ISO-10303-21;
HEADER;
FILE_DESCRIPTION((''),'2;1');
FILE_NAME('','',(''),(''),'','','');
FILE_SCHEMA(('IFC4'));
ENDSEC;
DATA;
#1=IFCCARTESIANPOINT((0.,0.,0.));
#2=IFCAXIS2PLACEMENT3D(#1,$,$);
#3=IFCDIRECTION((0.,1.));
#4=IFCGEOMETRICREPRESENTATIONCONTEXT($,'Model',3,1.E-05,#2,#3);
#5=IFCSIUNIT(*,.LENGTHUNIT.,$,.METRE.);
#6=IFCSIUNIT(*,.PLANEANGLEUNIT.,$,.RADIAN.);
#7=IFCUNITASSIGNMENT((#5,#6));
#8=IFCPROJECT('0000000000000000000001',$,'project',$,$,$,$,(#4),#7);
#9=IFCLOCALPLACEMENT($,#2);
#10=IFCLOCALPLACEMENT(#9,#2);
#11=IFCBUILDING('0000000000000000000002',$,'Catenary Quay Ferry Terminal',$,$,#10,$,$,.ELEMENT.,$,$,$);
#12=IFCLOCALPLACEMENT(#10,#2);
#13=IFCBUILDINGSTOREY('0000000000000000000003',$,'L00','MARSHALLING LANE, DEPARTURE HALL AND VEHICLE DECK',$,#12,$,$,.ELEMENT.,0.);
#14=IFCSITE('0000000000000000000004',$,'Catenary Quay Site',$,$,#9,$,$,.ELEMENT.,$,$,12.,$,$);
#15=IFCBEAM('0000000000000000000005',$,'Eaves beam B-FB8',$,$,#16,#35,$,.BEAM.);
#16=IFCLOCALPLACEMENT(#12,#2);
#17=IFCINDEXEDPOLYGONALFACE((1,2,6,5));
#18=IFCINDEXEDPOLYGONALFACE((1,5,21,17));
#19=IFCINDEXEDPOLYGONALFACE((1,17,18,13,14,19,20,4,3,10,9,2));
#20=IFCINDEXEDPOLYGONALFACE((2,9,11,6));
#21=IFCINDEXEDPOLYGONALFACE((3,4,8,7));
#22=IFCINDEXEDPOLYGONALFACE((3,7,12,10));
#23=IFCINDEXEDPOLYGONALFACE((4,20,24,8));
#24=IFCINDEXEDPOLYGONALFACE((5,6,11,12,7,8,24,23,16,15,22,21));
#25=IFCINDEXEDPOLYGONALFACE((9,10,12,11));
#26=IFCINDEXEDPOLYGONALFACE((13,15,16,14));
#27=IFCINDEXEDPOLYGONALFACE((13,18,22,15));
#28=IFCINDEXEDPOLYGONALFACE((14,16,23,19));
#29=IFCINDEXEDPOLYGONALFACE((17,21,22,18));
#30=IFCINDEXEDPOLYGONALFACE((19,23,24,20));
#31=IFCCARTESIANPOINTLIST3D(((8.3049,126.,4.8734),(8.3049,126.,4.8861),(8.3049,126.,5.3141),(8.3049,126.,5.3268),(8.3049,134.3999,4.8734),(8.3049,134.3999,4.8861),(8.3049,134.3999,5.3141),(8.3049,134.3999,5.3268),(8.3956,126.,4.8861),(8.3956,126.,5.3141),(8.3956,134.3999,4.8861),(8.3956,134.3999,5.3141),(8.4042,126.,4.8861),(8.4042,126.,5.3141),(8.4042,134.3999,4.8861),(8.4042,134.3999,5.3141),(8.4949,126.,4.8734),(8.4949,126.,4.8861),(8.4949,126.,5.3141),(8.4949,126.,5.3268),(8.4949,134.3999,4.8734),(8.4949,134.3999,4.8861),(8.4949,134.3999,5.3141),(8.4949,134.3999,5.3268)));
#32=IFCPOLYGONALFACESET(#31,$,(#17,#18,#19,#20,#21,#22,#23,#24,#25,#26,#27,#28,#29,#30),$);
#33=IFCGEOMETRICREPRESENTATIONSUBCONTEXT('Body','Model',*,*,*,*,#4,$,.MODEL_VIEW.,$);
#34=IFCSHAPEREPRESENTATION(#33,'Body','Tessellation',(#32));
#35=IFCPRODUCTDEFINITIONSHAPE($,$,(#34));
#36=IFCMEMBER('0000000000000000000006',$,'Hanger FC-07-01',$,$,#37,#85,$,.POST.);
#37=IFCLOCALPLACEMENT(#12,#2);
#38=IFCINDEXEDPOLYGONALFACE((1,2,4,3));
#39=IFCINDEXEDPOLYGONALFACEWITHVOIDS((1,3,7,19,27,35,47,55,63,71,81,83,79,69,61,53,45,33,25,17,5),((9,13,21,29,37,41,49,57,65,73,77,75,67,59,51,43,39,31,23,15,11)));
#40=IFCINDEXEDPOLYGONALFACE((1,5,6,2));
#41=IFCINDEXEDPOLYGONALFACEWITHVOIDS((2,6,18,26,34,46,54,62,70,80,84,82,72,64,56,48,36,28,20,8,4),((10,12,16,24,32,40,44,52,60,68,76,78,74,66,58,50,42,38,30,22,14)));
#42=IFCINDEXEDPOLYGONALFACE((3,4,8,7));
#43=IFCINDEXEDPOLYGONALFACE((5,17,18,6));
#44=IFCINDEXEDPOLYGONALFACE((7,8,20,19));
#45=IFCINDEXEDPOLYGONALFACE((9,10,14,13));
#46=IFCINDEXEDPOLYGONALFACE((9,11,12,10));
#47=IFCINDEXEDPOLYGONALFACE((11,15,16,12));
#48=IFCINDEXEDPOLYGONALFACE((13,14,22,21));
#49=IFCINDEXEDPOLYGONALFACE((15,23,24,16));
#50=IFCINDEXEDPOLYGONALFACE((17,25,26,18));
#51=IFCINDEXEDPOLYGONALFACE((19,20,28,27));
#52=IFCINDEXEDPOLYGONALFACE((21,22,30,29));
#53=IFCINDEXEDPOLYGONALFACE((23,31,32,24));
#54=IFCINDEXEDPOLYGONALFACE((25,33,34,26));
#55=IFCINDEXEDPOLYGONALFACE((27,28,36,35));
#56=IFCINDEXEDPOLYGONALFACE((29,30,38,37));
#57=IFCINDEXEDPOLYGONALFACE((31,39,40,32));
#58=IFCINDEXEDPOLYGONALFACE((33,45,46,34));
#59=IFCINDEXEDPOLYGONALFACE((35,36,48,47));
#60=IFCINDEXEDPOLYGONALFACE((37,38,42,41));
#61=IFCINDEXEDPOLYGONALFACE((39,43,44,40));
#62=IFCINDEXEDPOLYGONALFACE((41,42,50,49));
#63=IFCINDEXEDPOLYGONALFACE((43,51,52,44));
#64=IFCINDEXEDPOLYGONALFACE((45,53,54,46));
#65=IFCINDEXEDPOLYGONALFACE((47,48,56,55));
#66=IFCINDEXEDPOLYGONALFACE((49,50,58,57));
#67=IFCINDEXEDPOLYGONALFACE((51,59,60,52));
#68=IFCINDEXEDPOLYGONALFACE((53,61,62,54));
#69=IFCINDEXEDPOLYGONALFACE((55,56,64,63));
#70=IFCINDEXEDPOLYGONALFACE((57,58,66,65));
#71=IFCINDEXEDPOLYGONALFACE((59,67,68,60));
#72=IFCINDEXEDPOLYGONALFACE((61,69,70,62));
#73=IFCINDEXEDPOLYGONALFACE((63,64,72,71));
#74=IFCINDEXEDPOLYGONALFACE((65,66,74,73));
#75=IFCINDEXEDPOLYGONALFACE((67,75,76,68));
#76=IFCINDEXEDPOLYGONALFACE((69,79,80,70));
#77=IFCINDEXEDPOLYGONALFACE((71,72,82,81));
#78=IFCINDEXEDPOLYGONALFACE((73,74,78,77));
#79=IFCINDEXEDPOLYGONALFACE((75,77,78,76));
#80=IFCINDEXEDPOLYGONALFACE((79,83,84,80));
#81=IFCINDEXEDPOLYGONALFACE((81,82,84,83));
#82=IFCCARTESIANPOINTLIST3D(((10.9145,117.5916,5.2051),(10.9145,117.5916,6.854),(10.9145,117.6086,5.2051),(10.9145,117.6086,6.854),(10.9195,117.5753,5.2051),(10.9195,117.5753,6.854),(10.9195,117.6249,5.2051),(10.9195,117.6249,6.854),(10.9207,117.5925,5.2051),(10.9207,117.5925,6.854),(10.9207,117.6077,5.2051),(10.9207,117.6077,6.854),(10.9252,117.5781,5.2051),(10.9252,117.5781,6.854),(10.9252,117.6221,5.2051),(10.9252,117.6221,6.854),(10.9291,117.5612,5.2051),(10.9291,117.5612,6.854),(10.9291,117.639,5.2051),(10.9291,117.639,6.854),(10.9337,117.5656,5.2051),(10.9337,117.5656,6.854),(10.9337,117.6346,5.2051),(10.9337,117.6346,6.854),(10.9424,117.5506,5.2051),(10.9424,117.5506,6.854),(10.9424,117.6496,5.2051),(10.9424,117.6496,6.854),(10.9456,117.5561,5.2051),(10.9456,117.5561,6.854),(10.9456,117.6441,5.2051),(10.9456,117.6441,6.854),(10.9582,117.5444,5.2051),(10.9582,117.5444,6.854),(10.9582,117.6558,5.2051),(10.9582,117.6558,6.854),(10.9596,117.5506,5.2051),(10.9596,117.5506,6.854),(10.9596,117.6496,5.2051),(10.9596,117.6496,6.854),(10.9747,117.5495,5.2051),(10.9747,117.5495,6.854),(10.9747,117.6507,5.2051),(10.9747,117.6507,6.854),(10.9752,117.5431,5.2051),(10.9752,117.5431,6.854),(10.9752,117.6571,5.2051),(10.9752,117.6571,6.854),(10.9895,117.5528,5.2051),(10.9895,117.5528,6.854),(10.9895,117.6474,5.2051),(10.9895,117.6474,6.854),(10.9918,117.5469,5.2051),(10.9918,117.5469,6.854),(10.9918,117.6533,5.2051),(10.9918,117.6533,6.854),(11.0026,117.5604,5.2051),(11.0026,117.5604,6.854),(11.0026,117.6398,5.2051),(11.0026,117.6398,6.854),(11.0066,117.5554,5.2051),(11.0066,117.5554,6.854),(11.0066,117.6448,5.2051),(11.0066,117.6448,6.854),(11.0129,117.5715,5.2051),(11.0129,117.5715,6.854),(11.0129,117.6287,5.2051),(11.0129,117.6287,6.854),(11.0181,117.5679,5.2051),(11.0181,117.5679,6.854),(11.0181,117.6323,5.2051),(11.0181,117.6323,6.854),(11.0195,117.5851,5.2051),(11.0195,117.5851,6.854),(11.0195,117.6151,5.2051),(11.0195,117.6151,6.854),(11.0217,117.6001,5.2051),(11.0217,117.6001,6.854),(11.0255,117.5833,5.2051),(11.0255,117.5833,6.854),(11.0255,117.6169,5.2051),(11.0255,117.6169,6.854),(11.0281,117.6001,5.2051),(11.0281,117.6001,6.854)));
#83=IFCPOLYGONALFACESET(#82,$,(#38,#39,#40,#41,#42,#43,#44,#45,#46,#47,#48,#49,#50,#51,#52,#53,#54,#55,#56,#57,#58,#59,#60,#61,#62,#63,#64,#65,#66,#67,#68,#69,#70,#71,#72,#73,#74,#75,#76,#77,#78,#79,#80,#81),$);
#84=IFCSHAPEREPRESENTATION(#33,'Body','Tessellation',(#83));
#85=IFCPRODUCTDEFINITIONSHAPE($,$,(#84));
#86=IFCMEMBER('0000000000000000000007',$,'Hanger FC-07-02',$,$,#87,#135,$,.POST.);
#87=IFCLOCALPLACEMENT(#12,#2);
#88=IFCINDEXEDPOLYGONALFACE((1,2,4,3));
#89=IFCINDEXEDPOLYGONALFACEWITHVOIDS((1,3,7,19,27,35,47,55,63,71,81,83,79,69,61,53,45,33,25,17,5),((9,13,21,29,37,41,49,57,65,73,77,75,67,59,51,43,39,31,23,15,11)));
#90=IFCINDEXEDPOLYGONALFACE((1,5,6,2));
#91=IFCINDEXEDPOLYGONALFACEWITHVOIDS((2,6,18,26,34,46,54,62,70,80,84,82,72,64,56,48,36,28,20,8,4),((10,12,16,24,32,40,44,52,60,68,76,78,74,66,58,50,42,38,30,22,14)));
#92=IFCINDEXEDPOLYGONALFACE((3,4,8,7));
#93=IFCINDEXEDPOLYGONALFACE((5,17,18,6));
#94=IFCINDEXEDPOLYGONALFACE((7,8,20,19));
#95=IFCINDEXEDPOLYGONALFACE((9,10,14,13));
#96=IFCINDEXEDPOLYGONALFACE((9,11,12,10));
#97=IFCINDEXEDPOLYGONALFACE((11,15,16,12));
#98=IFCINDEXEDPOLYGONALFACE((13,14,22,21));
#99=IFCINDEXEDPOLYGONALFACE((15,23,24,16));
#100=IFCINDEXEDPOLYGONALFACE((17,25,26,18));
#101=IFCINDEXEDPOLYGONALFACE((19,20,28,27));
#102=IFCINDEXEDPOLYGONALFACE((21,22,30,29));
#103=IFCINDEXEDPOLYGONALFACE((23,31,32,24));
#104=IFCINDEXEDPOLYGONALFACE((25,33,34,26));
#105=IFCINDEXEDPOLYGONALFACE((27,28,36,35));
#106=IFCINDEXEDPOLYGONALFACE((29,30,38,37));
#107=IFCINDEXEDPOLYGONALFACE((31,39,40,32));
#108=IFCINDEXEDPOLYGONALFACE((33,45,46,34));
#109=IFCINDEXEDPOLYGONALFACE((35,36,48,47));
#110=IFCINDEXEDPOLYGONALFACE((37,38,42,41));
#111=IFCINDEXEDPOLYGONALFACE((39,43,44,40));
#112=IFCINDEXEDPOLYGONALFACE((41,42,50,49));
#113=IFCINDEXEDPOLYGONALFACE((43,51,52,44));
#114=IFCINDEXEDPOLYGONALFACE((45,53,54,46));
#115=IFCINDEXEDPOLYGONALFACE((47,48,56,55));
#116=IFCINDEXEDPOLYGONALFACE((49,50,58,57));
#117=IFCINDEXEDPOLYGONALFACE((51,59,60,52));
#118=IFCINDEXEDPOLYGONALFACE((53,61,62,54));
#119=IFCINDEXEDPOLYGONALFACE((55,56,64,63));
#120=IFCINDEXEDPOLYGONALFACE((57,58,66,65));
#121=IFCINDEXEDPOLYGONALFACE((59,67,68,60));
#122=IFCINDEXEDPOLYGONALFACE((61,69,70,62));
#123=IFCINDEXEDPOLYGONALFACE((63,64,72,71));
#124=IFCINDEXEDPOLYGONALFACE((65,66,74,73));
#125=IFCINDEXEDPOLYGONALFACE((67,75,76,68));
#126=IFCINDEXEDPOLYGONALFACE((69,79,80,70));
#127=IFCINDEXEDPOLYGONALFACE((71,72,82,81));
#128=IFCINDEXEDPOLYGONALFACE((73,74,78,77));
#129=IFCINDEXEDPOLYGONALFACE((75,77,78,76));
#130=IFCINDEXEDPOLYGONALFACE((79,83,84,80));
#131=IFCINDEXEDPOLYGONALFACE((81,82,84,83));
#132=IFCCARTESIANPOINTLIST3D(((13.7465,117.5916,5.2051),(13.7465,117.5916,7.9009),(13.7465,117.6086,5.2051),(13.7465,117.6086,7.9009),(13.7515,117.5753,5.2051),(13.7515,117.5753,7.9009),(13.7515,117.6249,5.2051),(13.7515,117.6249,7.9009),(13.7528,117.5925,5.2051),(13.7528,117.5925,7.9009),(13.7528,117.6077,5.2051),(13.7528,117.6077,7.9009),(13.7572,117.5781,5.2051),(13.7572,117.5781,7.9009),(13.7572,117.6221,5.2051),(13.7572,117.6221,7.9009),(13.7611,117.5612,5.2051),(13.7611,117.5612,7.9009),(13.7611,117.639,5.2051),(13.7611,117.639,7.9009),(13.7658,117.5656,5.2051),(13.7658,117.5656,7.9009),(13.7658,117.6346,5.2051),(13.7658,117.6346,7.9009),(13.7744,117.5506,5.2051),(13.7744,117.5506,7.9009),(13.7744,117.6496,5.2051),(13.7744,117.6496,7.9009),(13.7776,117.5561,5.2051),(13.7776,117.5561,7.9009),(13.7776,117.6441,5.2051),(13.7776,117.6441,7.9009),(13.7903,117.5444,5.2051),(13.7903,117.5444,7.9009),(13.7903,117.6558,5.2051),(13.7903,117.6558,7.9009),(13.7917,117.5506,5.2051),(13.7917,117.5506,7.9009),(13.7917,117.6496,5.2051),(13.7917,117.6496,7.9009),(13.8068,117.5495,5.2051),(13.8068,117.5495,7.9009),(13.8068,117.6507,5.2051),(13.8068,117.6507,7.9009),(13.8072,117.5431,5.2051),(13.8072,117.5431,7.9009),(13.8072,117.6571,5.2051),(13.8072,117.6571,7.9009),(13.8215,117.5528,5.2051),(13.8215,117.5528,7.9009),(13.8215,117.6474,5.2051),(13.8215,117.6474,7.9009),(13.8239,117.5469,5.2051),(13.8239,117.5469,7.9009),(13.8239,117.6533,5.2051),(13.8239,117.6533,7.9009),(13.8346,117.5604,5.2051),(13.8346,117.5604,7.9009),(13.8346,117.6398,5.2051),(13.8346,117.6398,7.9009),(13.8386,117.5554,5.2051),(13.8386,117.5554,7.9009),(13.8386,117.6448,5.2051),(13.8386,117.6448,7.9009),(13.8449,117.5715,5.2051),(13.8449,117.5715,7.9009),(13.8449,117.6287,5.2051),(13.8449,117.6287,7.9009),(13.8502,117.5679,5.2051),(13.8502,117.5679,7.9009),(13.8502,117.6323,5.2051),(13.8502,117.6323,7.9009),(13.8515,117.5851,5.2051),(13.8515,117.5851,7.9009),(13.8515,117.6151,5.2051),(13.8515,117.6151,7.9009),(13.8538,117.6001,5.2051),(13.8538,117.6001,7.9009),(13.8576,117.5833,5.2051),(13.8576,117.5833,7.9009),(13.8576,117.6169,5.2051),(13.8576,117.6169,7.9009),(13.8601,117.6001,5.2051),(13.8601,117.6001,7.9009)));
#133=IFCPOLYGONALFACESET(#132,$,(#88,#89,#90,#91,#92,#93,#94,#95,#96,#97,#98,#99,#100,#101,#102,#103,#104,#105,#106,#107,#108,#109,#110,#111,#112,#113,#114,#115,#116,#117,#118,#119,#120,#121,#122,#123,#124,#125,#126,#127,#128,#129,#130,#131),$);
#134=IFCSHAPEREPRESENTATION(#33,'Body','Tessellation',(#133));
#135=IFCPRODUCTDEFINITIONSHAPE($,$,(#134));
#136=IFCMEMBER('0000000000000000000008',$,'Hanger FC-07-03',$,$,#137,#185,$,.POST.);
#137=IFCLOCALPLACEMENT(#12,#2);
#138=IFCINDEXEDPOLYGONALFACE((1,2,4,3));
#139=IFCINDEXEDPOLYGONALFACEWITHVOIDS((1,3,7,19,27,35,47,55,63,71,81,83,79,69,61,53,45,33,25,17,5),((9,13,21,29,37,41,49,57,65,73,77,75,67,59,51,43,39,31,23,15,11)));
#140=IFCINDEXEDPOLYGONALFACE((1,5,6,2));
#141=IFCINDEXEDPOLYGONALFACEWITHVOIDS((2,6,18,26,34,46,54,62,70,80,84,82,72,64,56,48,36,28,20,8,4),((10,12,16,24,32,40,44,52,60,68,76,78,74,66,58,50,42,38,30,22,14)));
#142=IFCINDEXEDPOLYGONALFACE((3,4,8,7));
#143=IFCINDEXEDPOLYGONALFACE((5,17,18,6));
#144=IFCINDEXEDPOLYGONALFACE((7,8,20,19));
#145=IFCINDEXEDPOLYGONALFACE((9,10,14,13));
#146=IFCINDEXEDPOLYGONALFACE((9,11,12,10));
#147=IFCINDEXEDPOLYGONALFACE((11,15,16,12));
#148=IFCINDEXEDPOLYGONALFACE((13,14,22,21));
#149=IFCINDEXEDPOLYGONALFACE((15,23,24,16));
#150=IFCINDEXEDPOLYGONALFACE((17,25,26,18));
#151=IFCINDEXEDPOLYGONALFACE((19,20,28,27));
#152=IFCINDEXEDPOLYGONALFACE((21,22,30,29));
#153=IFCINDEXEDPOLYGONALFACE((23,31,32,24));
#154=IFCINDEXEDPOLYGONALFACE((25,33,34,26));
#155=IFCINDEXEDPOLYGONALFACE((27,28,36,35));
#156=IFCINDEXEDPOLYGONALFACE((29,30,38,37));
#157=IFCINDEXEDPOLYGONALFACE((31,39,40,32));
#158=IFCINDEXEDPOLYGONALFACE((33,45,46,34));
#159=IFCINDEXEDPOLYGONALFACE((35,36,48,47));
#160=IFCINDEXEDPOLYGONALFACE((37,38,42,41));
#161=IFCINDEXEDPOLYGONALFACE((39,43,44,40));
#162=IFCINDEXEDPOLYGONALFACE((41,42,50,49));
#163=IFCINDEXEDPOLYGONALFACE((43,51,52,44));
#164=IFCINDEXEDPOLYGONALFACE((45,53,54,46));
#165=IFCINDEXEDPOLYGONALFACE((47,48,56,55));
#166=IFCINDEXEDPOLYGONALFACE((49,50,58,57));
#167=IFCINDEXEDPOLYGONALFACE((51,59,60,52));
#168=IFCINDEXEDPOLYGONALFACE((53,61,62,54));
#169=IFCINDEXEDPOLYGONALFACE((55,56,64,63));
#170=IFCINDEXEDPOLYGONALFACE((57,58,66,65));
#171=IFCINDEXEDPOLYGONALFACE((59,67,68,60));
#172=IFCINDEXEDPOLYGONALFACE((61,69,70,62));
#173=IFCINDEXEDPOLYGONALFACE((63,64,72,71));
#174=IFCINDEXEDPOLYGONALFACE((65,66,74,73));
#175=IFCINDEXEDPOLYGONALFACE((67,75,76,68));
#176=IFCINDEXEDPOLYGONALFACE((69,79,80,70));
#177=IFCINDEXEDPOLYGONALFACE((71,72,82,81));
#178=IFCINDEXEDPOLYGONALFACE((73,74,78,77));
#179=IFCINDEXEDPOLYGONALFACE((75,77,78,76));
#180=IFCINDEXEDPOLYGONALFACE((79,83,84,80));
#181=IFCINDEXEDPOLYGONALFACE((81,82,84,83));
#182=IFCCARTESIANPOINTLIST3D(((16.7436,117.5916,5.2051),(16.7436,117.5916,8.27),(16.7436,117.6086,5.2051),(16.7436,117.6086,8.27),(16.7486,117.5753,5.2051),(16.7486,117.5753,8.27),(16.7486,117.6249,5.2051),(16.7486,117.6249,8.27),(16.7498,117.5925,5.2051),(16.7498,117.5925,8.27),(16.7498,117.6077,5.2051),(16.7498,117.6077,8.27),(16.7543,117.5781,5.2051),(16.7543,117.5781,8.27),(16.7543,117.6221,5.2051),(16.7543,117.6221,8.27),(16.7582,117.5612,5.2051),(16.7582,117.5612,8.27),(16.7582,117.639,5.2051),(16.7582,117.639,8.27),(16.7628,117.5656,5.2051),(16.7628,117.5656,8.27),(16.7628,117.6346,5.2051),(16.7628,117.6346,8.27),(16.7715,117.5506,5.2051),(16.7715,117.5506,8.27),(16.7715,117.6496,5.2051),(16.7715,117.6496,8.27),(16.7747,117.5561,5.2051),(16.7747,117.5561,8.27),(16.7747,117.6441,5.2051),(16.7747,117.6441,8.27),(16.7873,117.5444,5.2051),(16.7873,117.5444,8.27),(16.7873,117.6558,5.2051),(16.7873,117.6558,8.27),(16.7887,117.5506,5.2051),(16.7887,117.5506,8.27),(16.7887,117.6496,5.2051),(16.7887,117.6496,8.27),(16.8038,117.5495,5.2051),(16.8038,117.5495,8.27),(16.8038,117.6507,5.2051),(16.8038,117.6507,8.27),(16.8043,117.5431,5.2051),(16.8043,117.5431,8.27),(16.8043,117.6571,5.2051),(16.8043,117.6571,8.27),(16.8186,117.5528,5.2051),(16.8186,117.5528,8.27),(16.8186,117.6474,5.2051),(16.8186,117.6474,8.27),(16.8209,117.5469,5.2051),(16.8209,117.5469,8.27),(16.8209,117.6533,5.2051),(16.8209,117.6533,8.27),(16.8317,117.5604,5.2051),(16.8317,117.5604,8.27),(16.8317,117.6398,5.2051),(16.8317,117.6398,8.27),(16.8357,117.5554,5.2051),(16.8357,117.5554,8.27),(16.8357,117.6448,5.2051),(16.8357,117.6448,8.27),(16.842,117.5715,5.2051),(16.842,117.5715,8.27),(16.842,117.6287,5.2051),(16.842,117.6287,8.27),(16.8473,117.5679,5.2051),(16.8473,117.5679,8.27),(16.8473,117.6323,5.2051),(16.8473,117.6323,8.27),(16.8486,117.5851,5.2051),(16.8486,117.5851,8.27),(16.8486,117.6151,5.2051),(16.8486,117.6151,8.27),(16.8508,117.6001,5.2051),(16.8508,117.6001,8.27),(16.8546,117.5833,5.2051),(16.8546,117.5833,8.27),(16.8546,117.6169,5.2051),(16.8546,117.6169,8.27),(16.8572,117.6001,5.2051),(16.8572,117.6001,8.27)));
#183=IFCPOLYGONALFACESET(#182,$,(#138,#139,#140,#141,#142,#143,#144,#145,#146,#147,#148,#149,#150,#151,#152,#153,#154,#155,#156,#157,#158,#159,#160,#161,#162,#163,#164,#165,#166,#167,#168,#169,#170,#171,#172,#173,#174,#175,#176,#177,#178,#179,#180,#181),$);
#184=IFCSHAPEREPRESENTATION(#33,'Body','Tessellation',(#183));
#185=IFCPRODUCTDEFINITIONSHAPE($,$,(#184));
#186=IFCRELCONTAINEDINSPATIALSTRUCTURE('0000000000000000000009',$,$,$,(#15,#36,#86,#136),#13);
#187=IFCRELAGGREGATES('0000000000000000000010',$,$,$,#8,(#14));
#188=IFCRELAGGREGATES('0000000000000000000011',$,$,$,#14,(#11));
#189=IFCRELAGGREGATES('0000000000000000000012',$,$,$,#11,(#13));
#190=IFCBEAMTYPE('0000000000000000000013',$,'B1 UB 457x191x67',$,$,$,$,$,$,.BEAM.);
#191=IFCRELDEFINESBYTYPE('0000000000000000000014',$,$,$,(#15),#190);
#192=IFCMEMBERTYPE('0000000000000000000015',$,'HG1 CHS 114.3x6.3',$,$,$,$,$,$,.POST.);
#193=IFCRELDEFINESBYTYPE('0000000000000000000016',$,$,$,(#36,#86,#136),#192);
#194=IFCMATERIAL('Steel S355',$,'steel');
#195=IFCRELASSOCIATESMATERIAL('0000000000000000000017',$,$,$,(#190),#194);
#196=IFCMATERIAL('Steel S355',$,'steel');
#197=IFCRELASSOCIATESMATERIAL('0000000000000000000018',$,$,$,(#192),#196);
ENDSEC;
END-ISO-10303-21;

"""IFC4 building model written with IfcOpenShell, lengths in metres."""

from ifc_helpers import new_model, si_unit, direction, frame, origin, origin_2d, place, context, subcontext, project, spatial, hollow_circle, i_section, extrude, material, material_profile, profile_set, type_object, element, save


model = new_model("IFC4")

# Units and contexts
model_context = context("Model", 3, precision=1e-05, world=origin(), true_north=direction((0.0, 1.0)))
body_context = subcontext(model_context, "Body", "Model", "MODEL_VIEW")
ifc_project = project(units=[si_unit("LENGTHUNIT", "METRE"), si_unit("PLANEANGLEUNIT", "RADIAN")], contexts=[model_context])

# Site, building, storey
site_placement = place(None, origin())
site = spatial("IfcSite", under=ifc_project, at=site_placement, Name="Catenary Quay Site", CompositionType="ELEMENT", RefElevation=12.0)
building_placement = place(site_placement, origin())
building = spatial("IfcBuilding", under=site, at=building_placement, Name="Catenary Quay Ferry Terminal", CompositionType="ELEMENT")
storey_placement = place(building_placement, origin())
storey = spatial("IfcBuildingStorey", under=building, at=storey_placement, Name="L00", Description="MARSHALLING LANE, DEPARTURE HALL AND VEHICLE DECK", CompositionType="ELEMENT", Elevation=0.0)

# Beam
ifc_material_1 = material(Name="Steel S355", Category="steel")
ifc_material_profile_1 = material_profile(ifc_material_1, i_section(OverallWidth=0.1899, OverallDepth=0.4534, WebThickness=0.0085, FlangeThickness=0.0127, at=origin_2d()), Name="UB 457x191x67")
ifc_profile_set_1 = profile_set([ifc_material_profile_1], Name="Steel S355")
beam_type_1 = type_object("IfcBeamType", Name="B1 UB 457x191x67", PredefinedType="BEAM", material=ifc_profile_set_1)
for number, where, z_axis, x_axis, name in (
    (1, (8.3999, 126.0, 5.1001), (0.0, 1.0, 0.0), (-1.0, 0.0, 0.0), "Eaves beam B-FB8"),
):
    element("IfcBeam", number, at=place(storey_placement, frame(where, z_axis=z_axis, x_axis=x_axis)), inside=storey, type_object=beam_type_1, Name=name, PredefinedType="BEAM", context=body_context, shape_type="SweptSolid", body=[
        extrude(i_section(OverallWidth=0.1899, OverallDepth=0.4534, WebThickness=0.0085, FlangeThickness=0.0127, at=origin_2d()), origin(), (0.0, 0.0, 1.0), 8.3999),
    ])

# Members
ifc_material_2 = material(Name="Steel S355", Category="steel")
ifc_material_profile_2 = material_profile(ifc_material_2, hollow_circle(Radius=0.0571, WallThickness=0.0063, at=origin_2d()), Name="CHS 114.3x6.3")
ifc_profile_set_2 = profile_set([ifc_material_profile_2], Name="Steel S355")
member_type_1 = type_object("IfcMemberType", Name="HG1 CHS 114.3x6.3", PredefinedType="POST", material=ifc_profile_set_2)
member_1_placement = place(storey_placement, frame((10.9709, 117.6001, 5.2051), z_axis=(0.0, 0.0, 1.0), x_axis=(1.0, 0.0, 0.0)))
element("IfcMember", 2, at=member_1_placement, inside=storey, type_object=member_type_1, Name="Hanger FC-07-01", PredefinedType="POST", context=body_context, shape_type="SweptSolid", body=[
    extrude(hollow_circle(Radius=0.0571, WallThickness=0.0063, at=origin_2d()), origin(), (0.0, 0.0, 1.0), 1.6489),
])
member_2_placement = place(storey_placement, frame((13.803, 117.6001, 5.2051), z_axis=(0.0, 0.0, 1.0), x_axis=(1.0, 0.0, 0.0)))
element("IfcMember", 3, at=member_2_placement, inside=storey, type_object=member_type_1, Name="Hanger FC-07-02", PredefinedType="POST", context=body_context, shape_type="SweptSolid", body=[
    extrude(hollow_circle(Radius=0.0571, WallThickness=0.0063, at=origin_2d()), origin(), (0.0, 0.0, 1.0), 2.6958),
])
member_3_placement = place(storey_placement, frame((16.8, 117.6001, 5.2051), z_axis=(0.0, 0.0, 1.0), x_axis=(1.0, 0.0, 0.0)))
element("IfcMember", 4, at=member_3_placement, inside=storey, type_object=member_type_1, Name="Hanger FC-07-03", PredefinedType="POST", context=body_context, shape_type="SweptSolid", body=[
    extrude(hollow_circle(Radius=0.0571, WallThickness=0.0063, at=origin_2d()), origin(), (0.0, 0.0, 1.0), 3.0649),
])

save(model, "model.ifc")
